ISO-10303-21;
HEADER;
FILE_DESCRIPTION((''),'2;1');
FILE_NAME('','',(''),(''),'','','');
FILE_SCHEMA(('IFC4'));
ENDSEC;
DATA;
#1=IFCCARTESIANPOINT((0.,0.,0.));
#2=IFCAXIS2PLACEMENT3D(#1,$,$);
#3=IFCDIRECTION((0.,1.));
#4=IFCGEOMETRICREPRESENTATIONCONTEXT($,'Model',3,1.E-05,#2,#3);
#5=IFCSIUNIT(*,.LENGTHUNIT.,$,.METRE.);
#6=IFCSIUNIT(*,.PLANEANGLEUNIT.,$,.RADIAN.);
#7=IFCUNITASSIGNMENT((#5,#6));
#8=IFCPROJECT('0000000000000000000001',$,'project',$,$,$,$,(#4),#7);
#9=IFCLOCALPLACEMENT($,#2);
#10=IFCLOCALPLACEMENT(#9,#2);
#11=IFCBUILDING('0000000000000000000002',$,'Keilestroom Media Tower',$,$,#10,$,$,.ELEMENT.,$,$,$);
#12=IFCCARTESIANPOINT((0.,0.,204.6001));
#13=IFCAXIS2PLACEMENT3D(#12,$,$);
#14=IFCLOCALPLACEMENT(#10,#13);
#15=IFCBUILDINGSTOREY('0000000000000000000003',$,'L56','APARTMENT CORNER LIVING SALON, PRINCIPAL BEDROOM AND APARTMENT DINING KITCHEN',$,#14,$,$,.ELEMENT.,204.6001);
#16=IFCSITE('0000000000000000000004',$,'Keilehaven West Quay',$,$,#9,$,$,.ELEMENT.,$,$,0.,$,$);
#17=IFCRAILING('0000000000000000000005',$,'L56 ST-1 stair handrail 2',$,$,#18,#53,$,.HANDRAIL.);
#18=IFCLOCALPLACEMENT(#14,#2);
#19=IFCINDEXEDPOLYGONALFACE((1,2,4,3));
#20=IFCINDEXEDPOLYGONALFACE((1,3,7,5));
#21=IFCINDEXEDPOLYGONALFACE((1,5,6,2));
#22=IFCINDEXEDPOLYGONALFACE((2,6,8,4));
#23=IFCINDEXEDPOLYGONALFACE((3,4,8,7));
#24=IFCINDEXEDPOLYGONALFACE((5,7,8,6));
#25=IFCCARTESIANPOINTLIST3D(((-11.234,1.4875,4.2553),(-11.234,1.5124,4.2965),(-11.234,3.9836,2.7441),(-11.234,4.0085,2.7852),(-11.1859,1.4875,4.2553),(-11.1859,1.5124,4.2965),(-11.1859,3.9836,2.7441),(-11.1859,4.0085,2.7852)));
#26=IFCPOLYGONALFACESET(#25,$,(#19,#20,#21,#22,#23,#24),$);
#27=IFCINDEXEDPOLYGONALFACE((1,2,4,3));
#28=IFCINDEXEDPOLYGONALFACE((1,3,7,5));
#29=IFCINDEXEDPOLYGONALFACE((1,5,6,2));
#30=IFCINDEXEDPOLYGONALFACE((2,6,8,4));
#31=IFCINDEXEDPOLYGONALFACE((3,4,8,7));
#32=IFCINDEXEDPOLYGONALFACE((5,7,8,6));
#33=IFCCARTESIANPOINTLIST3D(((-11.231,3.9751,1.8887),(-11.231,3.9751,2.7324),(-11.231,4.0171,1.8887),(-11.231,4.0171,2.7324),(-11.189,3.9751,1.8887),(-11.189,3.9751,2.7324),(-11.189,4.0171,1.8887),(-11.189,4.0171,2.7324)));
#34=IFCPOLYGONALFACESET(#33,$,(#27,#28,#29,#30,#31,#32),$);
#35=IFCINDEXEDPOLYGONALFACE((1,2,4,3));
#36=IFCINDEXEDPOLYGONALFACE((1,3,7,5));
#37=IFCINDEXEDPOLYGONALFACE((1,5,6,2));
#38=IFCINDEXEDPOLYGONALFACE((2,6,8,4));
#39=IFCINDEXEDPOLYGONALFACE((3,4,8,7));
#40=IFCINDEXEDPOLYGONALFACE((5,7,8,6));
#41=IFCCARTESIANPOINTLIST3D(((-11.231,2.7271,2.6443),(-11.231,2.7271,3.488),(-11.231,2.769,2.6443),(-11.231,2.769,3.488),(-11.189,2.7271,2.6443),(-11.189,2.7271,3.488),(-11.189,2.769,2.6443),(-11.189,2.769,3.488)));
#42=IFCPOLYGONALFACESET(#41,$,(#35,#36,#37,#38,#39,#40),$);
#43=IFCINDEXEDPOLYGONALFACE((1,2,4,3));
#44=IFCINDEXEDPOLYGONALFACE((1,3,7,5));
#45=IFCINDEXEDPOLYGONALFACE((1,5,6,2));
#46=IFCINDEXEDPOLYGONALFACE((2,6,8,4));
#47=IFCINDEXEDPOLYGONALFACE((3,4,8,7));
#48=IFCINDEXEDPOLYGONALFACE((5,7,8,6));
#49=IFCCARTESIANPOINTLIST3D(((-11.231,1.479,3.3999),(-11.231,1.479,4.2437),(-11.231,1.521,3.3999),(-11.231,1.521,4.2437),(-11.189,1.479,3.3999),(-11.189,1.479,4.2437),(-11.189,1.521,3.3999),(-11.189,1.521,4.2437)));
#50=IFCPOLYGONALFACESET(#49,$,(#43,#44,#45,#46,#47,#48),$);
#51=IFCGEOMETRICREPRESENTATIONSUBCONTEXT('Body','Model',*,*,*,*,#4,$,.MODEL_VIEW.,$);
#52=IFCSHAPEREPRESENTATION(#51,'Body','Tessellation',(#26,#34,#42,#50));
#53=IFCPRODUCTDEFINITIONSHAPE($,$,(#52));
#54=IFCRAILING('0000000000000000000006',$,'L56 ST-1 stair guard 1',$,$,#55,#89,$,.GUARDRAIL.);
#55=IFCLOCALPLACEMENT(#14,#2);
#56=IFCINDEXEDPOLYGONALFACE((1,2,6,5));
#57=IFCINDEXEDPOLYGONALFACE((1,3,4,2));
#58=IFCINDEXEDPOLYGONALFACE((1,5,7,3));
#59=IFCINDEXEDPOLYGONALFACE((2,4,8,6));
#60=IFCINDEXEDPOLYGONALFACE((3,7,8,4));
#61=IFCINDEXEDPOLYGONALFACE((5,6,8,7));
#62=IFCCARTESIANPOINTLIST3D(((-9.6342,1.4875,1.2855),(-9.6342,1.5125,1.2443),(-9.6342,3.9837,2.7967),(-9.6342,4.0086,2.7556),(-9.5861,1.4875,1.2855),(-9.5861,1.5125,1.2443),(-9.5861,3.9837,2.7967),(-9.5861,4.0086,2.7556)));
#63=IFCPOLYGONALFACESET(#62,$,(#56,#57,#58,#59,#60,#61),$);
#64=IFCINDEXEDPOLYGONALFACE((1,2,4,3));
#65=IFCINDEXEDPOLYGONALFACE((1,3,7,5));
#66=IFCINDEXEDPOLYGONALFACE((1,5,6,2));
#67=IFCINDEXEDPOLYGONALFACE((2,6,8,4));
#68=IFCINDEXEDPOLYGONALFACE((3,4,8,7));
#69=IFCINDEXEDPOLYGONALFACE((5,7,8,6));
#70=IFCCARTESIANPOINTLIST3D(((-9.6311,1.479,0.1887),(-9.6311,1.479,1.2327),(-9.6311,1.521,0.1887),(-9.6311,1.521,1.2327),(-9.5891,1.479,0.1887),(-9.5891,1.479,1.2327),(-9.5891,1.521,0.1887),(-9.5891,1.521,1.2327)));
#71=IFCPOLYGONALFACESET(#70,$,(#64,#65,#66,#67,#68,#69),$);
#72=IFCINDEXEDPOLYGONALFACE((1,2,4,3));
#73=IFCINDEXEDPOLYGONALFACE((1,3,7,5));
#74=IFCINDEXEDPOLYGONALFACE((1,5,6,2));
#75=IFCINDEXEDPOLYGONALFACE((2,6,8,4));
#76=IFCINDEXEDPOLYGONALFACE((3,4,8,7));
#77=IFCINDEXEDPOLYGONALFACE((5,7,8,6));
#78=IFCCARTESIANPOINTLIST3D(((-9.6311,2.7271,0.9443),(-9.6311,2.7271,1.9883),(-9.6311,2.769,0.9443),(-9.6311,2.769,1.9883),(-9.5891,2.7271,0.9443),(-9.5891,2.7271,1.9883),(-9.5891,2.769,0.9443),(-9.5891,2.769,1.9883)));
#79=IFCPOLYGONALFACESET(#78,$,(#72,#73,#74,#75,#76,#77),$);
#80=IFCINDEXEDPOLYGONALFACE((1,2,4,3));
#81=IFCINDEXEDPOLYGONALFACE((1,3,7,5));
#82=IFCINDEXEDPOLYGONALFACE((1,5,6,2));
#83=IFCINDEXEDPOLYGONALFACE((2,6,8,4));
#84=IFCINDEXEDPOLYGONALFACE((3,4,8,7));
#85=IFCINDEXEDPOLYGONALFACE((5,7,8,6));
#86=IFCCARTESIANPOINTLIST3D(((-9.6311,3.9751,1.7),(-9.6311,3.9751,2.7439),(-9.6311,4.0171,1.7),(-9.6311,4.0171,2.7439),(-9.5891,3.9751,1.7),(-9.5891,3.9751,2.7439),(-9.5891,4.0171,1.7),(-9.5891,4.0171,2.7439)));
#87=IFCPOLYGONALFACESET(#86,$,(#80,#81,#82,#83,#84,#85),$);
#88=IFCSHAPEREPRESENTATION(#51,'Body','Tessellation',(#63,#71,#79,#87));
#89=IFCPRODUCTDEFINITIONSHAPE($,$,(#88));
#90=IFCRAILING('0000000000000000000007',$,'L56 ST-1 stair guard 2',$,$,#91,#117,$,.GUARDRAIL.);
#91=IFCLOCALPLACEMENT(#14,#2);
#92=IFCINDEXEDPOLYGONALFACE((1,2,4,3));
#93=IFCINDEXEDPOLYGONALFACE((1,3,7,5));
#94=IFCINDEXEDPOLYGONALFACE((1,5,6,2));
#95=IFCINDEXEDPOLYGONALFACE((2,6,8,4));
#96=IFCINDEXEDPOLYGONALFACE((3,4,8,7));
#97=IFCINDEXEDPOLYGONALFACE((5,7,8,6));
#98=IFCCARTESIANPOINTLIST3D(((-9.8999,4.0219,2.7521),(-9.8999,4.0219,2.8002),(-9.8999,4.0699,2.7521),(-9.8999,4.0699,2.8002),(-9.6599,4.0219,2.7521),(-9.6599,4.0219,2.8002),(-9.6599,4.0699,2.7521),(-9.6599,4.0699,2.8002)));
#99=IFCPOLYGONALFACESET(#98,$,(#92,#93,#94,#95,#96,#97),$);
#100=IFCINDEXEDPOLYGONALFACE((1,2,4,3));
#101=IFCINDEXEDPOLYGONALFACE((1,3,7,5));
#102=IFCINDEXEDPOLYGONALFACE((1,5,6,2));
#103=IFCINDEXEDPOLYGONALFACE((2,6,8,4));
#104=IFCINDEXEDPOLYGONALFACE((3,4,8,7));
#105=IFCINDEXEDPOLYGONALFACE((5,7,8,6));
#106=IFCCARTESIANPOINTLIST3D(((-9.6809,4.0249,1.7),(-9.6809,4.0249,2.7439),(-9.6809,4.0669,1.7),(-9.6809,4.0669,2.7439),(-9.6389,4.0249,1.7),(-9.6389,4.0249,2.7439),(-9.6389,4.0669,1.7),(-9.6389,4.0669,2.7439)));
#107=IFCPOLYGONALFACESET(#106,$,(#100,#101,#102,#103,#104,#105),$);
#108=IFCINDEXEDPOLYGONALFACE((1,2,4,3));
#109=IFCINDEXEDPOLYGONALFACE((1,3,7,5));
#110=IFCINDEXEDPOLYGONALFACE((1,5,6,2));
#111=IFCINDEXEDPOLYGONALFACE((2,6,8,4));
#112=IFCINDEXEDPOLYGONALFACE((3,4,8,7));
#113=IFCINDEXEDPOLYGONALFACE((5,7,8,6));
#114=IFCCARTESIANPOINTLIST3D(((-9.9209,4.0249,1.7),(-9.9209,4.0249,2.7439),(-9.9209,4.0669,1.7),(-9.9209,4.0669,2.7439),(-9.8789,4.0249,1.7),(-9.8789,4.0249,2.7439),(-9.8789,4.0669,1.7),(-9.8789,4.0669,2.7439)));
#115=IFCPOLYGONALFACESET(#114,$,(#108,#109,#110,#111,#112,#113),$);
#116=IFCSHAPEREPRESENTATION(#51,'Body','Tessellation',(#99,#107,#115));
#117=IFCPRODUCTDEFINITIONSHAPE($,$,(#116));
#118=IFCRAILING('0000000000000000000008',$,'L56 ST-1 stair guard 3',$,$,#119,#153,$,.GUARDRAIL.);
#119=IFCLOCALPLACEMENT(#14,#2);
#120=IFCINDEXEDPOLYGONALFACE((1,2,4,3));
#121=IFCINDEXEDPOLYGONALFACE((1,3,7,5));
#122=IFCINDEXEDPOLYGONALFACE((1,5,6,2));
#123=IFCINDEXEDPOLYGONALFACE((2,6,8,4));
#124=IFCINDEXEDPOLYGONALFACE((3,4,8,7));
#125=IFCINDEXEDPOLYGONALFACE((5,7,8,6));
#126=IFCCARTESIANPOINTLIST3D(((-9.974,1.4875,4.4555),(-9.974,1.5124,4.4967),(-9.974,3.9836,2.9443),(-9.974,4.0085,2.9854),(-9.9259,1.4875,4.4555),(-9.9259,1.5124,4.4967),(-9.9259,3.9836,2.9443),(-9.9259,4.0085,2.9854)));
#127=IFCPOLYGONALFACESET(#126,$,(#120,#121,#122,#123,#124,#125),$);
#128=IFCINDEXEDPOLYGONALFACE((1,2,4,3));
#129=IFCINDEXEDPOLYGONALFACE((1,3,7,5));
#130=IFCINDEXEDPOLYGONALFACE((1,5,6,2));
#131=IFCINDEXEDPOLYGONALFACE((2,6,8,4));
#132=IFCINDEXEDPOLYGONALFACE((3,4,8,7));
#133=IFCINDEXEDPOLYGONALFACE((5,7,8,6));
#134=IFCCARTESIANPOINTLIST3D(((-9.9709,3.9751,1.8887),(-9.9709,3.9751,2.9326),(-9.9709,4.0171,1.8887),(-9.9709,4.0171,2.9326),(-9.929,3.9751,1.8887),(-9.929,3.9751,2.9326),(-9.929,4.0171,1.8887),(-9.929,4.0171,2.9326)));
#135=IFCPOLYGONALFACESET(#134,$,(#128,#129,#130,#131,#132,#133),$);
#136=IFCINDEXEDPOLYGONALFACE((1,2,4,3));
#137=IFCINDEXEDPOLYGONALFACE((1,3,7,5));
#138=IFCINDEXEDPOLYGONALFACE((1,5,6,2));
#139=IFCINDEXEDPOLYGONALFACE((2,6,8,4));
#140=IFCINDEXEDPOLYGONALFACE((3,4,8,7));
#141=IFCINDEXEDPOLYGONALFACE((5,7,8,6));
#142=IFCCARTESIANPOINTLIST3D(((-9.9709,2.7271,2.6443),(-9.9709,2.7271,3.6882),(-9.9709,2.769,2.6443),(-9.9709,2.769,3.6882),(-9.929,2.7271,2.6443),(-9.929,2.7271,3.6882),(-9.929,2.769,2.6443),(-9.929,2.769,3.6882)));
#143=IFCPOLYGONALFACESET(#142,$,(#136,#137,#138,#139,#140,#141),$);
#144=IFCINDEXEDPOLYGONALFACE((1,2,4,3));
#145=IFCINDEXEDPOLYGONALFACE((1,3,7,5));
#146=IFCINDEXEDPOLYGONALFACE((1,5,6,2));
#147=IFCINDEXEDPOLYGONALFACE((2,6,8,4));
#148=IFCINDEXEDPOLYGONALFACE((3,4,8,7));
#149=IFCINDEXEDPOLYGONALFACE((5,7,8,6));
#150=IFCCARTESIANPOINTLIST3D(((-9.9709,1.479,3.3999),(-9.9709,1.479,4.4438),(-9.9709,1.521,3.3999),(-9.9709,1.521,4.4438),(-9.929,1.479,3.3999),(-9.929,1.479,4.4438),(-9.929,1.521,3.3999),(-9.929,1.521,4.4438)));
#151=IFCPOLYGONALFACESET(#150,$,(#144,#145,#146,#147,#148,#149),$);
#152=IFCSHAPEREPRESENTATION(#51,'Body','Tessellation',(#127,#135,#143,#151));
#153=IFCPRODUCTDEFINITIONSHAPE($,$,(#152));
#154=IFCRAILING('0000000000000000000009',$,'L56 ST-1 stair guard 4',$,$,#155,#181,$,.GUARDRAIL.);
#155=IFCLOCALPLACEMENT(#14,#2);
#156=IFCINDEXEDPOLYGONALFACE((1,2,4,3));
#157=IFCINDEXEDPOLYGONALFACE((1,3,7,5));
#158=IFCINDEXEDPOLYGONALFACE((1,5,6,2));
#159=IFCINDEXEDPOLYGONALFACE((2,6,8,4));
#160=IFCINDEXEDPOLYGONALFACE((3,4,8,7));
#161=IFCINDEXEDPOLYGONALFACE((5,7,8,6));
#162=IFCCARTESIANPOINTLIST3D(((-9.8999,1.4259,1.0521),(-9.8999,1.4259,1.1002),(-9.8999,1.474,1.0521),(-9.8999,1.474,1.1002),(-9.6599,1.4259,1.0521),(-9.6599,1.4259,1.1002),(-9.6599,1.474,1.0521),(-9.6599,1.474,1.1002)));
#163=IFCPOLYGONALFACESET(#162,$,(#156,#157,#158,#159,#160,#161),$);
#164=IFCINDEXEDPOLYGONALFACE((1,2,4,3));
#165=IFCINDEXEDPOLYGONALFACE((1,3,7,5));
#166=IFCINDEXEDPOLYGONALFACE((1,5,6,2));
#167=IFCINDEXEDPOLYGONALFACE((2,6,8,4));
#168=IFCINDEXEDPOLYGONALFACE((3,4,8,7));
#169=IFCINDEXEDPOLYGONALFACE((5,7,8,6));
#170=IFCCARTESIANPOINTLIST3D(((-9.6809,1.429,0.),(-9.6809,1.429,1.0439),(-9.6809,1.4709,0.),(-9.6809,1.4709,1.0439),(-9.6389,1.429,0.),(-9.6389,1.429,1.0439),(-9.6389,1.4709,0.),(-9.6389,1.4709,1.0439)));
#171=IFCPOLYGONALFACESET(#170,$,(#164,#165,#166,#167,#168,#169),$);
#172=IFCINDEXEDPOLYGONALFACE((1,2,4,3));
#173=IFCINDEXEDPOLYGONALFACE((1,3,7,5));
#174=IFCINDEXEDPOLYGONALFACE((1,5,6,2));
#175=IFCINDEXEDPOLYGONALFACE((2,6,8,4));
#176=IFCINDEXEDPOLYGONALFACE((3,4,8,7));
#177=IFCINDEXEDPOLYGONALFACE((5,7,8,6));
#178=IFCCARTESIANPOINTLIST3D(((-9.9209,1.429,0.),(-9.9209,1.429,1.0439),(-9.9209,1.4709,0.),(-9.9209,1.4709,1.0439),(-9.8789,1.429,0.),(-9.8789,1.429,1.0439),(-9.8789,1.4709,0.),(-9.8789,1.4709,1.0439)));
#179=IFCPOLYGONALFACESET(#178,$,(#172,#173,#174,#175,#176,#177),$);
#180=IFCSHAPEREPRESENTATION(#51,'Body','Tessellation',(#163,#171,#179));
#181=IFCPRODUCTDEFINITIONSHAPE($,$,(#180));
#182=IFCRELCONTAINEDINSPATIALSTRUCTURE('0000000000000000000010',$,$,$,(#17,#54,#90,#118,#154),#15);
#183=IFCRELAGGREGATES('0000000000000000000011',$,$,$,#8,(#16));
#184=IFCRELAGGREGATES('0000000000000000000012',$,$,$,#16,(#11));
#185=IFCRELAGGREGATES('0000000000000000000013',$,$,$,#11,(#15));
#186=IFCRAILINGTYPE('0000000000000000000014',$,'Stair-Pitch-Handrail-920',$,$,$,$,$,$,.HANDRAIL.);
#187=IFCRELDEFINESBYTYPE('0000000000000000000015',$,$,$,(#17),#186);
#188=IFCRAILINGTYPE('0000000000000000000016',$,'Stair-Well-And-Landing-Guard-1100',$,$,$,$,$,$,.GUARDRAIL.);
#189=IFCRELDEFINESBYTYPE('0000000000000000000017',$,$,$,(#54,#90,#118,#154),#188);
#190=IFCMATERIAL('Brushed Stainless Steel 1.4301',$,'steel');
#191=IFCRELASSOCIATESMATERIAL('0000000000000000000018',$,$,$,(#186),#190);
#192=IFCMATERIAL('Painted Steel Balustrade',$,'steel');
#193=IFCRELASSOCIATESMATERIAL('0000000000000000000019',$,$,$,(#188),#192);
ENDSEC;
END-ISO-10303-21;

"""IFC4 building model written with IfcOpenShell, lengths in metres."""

from ifc_helpers import new_model, si_unit, direction, frame, origin, origin_2d, place, context, subcontext, project, spatial, rectangle, extrude, material, type_object, element, save


model = new_model("IFC4")

# Units and contexts
model_context = context("Model", 3, precision=1e-05, world=origin(), true_north=direction((0.0, 1.0)))
body_context = subcontext(model_context, "Body", "Model", "MODEL_VIEW")
ifc_project = project(units=[si_unit("LENGTHUNIT", "METRE"), si_unit("PLANEANGLEUNIT", "RADIAN")], contexts=[model_context])

# Site, building, storey
site_placement = place(None, origin())
site = spatial("IfcSite", under=ifc_project, at=site_placement, Name="Keilehaven West Quay", CompositionType="ELEMENT", RefElevation=0.0)
building_placement = place(site_placement, origin())
building = spatial("IfcBuilding", under=site, at=building_placement, Name="Keilestroom Media Tower", CompositionType="ELEMENT")
storey_placement = place(building_placement, frame((0.0, 0.0, 204.6001)))
storey = spatial("IfcBuildingStorey", under=building, at=storey_placement, Name="L56", Description="APARTMENT CORNER LIVING SALON, PRINCIPAL BEDROOM AND APARTMENT DINING KITCHEN", CompositionType="ELEMENT", Elevation=204.6001)

# Railings
ifc_material_1 = material(Name="Brushed Stainless Steel 1.4301", Category="steel")
railing_type_1 = type_object("IfcRailingType", Name="Stair-Pitch-Handrail-920", PredefinedType="HANDRAIL", material=ifc_material_1)
railing_1_placement = place(storey_placement, frame((-11.21, 3.9961, 1.8887)))
element("IfcRailing", 1, at=railing_1_placement, inside=storey, type_object=railing_type_1, Name="L56 ST-1 stair handrail 2", PredefinedType="HANDRAIL", context=body_context, shape_type="SweptSolid", body=[
    extrude(rectangle(XDim=0.0481, YDim=0.0481, at=origin_2d()), frame((0.0, 0.0, 0.876), z_axis=(0.0, -0.855434, 0.517912), x_axis=(1.0, 0.0, 0.0)), (0.0, 0.0, 1.0), 2.918),
    extrude(rectangle(XDim=0.042, YDim=0.042, at=origin_2d()), origin(), (0.0, 0.0, 1.0), 0.8438),
    extrude(rectangle(XDim=0.042, YDim=0.042, at=origin_2d()), frame((0.0, -1.248, 0.7556)), (0.0, 0.0, 1.0), 0.8438),
    extrude(rectangle(XDim=0.042, YDim=0.042, at=origin_2d()), frame((0.0, -2.4961, 1.5112)), (0.0, 0.0, 1.0), 0.8438),
])
ifc_material_2 = material(Name="Painted Steel Balustrade", Category="steel")
railing_type_2 = type_object("IfcRailingType", Name="Stair-Well-And-Landing-Guard-1100", PredefinedType="GUARDRAIL", material=ifc_material_2)
railing_2_placement = place(storey_placement, frame((-9.6101, 1.5, 0.1887)))
element("IfcRailing", 2, at=railing_2_placement, inside=storey, type_object=railing_type_2, Name="L56 ST-1 stair guard 1", PredefinedType="GUARDRAIL", context=body_context, shape_type="SweptSolid", body=[
    extrude(rectangle(XDim=0.0481, YDim=0.0481, at=origin_2d()), frame((0.0, 0.0, 1.0762), z_axis=(0.0, 0.855434, 0.517912), x_axis=(-1.0, 0.0, 0.0)), (0.0, 0.0, 1.0), 2.918),
    extrude(rectangle(XDim=0.042, YDim=0.042, at=origin_2d()), origin(), (0.0, 0.0, 1.0), 1.0439),
    extrude(rectangle(XDim=0.042, YDim=0.042, at=origin_2d()), frame((0.0, 1.248, 0.7556)), (0.0, 0.0, 1.0), 1.0439),
    extrude(rectangle(XDim=0.042, YDim=0.042, at=origin_2d()), frame((0.0, 2.4961, 1.5112)), (0.0, 0.0, 1.0), 1.0439),
])
railing_3_placement = place(storey_placement, frame((-9.6599, 4.0459, 1.7)))
element("IfcRailing", 3, at=railing_3_placement, inside=storey, type_object=railing_type_2, Name="L56 ST-1 stair guard 2", PredefinedType="GUARDRAIL", context=body_context, shape_type="SweptSolid", body=[
    extrude(rectangle(XDim=0.0481, YDim=0.0481, at=origin_2d()), frame((0.0, 0.0, 1.0762), z_axis=(-1.0, 0.0, 0.0), x_axis=(0.0, -1.0, 0.0)), (0.0, 0.0, 1.0), 0.24),
    extrude(rectangle(XDim=0.042, YDim=0.042, at=origin_2d()), origin(), (0.0, 0.0, 1.0), 1.0439),
    extrude(rectangle(XDim=0.042, YDim=0.042, at=origin_2d()), frame((-0.24, 0.0, 0.0)), (0.0, 0.0, 1.0), 1.0439),
])
railing_4_placement = place(storey_placement, frame((-9.95, 3.9961, 1.8887)))
element("IfcRailing", 4, at=railing_4_placement, inside=storey, type_object=railing_type_2, Name="L56 ST-1 stair guard 3", PredefinedType="GUARDRAIL", context=body_context, shape_type="SweptSolid", body=[
    extrude(rectangle(XDim=0.0481, YDim=0.0481, at=origin_2d()), frame((0.0, 0.0, 1.0762), z_axis=(0.0, -0.855434, 0.517912), x_axis=(1.0, 0.0, 0.0)), (0.0, 0.0, 1.0), 2.918),
    extrude(rectangle(XDim=0.042, YDim=0.042, at=origin_2d()), origin(), (0.0, 0.0, 1.0), 1.0439),
    extrude(rectangle(XDim=0.042, YDim=0.042, at=origin_2d()), frame((0.0, -1.248, 0.7556)), (0.0, 0.0, 1.0), 1.0439),
    extrude(rectangle(XDim=0.042, YDim=0.042, at=origin_2d()), frame((0.0, -2.4961, 1.5112)), (0.0, 0.0, 1.0), 1.0439),
])
railing_5_placement = place(storey_placement, frame((-9.6599, 1.45, 0.0)))
element("IfcRailing", 5, at=railing_5_placement, inside=storey, type_object=railing_type_2, Name="L56 ST-1 stair guard 4", PredefinedType="GUARDRAIL", context=body_context, shape_type="SweptSolid", body=[
    extrude(rectangle(XDim=0.0481, YDim=0.0481, at=origin_2d()), frame((0.0, 0.0, 1.0762), z_axis=(-1.0, 0.0, 0.0), x_axis=(0.0, -1.0, 0.0)), (0.0, 0.0, 1.0), 0.24),
    extrude(rectangle(XDim=0.042, YDim=0.042, at=origin_2d()), origin(), (0.0, 0.0, 1.0), 1.0439),
    extrude(rectangle(XDim=0.042, YDim=0.042, at=origin_2d()), frame((-0.24, 0.0, 0.0)), (0.0, 0.0, 1.0), 1.0439),
])

save(model, "model.ifc")
